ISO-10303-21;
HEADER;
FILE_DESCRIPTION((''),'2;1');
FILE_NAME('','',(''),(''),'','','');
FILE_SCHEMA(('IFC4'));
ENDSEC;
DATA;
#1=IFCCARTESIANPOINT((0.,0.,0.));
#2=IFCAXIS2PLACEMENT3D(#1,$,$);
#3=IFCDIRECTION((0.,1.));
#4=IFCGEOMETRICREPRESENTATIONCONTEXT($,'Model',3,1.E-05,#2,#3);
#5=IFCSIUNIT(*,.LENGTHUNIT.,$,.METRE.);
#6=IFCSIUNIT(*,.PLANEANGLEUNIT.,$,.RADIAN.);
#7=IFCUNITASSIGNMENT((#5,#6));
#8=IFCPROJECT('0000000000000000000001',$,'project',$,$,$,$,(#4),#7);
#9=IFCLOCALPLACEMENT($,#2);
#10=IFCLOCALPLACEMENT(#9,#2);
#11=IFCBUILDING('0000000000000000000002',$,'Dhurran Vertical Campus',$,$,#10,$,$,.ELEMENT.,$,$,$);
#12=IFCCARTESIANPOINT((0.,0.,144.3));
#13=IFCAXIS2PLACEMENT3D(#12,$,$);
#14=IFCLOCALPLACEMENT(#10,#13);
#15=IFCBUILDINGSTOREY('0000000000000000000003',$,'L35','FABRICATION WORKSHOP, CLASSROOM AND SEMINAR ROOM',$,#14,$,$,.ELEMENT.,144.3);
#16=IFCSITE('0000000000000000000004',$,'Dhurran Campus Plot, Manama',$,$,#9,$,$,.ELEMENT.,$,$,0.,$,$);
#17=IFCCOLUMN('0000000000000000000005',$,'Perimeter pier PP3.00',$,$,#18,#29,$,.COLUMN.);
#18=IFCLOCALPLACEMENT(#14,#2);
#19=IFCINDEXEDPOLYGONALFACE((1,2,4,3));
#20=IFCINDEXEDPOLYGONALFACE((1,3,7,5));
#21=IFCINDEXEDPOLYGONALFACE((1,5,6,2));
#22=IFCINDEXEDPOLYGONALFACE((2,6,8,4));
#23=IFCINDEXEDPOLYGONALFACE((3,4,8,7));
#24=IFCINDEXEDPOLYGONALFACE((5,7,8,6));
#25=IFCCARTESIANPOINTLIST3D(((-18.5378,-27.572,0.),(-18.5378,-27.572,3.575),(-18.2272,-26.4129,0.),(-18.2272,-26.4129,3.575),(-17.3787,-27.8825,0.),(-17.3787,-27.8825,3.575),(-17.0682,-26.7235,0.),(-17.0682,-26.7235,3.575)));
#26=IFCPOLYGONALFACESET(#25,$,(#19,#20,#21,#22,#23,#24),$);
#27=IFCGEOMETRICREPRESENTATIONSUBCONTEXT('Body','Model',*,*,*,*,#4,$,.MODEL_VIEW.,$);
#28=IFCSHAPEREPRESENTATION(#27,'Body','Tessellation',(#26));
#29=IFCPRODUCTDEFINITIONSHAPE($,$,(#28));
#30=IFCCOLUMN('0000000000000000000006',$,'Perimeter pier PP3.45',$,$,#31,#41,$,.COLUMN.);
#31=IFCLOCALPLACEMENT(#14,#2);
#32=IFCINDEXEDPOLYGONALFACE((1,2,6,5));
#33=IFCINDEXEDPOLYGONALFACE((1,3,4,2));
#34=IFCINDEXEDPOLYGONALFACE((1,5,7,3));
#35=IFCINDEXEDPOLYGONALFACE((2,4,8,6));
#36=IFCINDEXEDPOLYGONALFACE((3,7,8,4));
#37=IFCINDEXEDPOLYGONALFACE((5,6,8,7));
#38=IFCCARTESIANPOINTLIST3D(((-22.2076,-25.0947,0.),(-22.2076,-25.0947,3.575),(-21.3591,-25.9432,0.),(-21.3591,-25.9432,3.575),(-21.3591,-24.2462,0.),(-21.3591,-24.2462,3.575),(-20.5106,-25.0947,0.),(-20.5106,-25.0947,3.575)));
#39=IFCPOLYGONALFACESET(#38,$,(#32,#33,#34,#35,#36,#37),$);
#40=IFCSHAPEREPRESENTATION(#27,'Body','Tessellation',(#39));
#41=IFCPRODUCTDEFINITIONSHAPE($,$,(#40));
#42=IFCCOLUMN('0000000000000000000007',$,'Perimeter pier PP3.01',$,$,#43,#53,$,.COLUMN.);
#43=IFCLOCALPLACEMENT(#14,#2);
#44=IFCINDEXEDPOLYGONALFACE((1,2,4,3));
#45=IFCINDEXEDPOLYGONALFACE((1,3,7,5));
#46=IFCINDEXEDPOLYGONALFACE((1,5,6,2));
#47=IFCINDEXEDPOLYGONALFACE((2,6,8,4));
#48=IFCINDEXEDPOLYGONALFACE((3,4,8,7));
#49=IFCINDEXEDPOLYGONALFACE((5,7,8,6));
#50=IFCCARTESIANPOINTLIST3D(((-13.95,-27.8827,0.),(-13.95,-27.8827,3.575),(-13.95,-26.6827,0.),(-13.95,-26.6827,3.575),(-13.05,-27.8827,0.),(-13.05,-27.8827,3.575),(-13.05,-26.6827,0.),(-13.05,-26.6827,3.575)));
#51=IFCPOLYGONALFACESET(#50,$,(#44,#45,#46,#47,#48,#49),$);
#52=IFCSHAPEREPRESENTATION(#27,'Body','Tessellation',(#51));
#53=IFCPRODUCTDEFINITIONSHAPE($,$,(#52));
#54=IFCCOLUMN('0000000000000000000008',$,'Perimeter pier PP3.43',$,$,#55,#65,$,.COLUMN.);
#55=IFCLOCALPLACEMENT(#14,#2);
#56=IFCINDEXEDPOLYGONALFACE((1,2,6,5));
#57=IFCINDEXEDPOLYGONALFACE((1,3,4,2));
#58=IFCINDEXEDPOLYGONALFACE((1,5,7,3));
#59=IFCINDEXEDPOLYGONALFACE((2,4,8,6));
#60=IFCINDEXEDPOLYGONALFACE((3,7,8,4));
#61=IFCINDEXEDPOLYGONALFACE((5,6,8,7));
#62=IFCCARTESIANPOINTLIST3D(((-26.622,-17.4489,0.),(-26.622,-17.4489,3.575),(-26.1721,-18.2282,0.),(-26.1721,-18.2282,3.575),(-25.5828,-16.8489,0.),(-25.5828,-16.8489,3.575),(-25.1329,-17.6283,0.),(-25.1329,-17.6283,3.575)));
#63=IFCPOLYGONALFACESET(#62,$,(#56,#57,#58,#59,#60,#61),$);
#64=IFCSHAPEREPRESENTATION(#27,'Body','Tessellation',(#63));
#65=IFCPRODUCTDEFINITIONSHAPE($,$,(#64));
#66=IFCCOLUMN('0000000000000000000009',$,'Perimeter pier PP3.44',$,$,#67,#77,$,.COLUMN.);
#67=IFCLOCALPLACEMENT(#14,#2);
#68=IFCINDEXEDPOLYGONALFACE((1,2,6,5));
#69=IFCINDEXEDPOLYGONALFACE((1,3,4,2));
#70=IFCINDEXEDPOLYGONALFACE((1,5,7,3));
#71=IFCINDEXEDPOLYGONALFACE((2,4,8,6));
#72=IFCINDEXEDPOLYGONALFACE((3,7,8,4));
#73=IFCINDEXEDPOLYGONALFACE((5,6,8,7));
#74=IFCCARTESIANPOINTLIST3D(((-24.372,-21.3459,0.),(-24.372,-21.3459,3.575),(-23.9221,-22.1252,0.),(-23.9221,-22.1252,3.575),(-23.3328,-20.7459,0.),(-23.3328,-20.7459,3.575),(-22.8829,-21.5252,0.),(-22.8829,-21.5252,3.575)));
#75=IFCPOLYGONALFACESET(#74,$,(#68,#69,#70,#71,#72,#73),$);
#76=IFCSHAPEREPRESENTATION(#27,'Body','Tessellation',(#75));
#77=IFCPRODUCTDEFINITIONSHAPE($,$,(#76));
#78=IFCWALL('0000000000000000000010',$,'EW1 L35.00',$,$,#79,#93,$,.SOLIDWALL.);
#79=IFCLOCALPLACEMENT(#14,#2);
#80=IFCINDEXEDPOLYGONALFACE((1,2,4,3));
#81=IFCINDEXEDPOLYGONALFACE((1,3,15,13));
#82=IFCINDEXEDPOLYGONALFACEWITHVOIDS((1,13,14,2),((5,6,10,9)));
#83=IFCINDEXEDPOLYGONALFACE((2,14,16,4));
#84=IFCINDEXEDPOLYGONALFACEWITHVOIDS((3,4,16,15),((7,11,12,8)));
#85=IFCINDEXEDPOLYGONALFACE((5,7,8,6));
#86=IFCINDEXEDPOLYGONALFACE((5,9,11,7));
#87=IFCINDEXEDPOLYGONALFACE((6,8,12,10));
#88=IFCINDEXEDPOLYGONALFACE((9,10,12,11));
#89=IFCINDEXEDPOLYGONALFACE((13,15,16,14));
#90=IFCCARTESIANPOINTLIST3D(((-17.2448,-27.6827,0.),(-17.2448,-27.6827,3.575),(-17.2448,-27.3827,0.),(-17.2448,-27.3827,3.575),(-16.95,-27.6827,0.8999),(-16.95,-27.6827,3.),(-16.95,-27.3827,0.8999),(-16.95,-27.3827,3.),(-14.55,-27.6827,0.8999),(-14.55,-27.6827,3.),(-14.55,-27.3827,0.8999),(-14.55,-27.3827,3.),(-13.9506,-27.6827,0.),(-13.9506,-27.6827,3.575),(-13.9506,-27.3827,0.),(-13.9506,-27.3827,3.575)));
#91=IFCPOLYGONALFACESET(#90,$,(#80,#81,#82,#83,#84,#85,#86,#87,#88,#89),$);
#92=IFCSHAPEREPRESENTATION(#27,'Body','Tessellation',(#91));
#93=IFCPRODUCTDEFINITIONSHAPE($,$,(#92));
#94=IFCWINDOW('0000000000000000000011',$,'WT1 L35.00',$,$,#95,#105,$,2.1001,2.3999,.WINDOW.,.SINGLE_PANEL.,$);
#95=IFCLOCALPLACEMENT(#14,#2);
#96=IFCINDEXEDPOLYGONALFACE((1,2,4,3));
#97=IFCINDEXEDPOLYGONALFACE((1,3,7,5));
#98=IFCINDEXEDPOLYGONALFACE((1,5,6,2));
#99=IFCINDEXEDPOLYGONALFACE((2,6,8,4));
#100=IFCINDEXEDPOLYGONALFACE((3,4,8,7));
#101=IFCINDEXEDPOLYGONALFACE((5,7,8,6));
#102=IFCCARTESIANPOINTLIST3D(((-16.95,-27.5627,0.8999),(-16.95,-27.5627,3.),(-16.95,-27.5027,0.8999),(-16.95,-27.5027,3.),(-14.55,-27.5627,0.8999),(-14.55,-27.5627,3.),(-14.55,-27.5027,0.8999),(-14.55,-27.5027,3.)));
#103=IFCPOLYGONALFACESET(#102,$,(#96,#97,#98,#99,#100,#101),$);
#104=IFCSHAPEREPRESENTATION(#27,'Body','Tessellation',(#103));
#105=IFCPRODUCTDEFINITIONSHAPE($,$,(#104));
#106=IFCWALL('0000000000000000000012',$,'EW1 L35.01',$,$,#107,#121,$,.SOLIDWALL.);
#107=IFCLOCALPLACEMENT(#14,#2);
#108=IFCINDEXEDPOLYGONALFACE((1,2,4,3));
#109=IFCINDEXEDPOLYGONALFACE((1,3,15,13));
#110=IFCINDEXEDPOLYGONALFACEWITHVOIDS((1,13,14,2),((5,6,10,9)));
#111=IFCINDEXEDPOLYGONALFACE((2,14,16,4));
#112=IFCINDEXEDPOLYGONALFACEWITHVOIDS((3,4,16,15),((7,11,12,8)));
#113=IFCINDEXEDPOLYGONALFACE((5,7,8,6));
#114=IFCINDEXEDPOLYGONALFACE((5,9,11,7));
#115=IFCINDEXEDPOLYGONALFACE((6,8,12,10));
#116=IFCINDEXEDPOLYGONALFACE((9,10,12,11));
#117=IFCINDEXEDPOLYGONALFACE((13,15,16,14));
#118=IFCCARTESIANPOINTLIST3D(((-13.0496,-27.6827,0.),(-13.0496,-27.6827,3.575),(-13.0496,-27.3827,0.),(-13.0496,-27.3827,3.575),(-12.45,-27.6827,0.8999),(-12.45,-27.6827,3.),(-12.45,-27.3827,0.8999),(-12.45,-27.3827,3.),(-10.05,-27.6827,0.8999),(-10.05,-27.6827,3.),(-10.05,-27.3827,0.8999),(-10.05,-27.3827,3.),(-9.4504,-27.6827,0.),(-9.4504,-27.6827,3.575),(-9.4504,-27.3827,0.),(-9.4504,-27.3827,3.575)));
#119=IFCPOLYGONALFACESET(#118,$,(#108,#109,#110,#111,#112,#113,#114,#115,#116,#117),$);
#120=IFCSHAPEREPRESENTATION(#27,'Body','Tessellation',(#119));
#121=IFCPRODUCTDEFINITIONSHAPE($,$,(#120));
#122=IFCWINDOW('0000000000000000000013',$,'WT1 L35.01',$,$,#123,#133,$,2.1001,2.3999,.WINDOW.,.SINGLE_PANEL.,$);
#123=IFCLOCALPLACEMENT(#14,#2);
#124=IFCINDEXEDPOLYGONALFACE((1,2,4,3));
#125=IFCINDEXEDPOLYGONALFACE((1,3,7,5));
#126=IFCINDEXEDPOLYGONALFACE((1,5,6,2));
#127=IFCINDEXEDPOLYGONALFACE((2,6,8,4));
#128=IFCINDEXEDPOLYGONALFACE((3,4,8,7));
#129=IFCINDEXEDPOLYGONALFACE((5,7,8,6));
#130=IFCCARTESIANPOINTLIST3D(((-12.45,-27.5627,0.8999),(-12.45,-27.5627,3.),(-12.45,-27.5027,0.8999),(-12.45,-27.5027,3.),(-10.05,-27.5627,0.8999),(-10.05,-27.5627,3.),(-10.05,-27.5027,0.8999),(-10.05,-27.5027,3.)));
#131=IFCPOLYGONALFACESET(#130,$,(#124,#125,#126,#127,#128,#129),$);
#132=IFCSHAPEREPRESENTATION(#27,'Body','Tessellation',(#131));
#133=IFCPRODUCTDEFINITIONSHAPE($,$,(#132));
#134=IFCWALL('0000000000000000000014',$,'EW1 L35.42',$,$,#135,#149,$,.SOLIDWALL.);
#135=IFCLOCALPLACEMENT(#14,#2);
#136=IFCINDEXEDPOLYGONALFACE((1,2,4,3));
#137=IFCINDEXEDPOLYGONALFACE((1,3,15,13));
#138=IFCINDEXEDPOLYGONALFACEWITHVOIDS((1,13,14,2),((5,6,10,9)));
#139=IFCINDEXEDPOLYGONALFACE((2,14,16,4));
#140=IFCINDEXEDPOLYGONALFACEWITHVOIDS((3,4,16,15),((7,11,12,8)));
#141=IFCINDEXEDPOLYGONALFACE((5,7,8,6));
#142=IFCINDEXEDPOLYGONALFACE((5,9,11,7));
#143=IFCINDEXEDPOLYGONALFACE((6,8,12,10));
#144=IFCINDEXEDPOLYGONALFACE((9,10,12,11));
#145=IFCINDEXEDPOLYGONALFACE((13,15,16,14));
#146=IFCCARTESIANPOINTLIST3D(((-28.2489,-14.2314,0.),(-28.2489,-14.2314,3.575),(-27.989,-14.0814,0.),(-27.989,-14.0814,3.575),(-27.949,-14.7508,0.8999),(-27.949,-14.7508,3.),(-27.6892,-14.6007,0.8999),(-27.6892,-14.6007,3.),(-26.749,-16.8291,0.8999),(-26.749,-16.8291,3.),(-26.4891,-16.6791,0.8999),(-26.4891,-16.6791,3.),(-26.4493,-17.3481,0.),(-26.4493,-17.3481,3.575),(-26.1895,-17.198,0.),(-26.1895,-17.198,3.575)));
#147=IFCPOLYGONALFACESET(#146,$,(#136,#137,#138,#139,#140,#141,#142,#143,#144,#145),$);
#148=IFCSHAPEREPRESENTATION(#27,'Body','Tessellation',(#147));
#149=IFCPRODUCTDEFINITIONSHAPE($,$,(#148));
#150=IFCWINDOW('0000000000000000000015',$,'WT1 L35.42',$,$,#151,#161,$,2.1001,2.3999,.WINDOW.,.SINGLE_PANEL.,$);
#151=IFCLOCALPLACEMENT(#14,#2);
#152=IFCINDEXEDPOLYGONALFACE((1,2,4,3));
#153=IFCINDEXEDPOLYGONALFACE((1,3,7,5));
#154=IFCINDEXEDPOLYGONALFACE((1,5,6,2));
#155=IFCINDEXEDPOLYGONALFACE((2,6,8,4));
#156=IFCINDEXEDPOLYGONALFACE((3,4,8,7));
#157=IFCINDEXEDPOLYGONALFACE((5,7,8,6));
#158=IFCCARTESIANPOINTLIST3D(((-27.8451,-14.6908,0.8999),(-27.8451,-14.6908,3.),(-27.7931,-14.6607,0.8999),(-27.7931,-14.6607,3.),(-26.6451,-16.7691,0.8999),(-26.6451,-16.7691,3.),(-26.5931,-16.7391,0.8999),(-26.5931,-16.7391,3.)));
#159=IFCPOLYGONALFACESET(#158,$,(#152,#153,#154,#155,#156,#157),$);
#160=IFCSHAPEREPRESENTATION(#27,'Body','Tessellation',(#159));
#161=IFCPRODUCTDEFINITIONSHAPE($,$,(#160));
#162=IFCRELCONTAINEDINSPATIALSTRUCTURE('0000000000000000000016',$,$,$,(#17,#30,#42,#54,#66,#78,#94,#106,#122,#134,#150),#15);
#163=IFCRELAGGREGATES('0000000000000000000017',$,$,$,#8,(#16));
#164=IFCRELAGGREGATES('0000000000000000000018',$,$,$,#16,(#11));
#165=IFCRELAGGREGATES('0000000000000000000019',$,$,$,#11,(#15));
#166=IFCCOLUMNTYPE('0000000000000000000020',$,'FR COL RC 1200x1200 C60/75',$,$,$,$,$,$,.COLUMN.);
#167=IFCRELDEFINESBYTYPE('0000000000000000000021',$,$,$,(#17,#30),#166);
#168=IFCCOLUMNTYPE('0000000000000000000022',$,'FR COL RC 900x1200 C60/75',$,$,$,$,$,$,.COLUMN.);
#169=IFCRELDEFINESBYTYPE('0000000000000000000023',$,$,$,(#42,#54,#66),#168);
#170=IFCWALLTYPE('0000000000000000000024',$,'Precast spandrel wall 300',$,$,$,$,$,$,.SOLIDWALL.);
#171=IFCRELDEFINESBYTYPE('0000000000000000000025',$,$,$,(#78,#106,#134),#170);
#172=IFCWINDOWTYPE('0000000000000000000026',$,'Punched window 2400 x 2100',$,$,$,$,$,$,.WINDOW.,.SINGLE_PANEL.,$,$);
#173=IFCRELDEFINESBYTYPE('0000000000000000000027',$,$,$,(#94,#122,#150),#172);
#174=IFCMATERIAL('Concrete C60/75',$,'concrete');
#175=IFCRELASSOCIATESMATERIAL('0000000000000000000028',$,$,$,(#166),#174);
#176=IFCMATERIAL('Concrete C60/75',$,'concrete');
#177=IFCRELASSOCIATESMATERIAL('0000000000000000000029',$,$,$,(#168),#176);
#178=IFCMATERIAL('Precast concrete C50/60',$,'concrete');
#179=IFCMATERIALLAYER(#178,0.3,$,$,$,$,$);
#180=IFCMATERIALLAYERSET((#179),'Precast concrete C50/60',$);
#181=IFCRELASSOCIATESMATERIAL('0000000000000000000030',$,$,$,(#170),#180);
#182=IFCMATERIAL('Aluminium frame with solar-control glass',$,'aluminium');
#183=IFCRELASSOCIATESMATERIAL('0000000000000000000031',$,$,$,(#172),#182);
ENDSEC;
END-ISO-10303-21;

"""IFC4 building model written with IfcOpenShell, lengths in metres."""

from ifc_helpers import new_model, si_unit, direction, frame, frame_2d, origin, origin_2d, place, context, subcontext, project, spatial, rectangle, extrude, material, layer, layer_set, material_profile, profile_set, type_object, element, fill, save


model = new_model("IFC4")

# Units and contexts
model_context = context("Model", 3, precision=1e-05, world=origin(), true_north=direction((0.0, 1.0)))
body_context = subcontext(model_context, "Body", "Model", "MODEL_VIEW")
ifc_project = project(units=[si_unit("LENGTHUNIT", "METRE"), si_unit("PLANEANGLEUNIT", "RADIAN")], contexts=[model_context])

# Site, building, storey
site_placement = place(None, origin())
site = spatial("IfcSite", under=ifc_project, at=site_placement, Name="Dhurran Campus Plot, Manama", CompositionType="ELEMENT", RefElevation=0.0)
building_placement = place(site_placement, origin())
building = spatial("IfcBuilding", under=site, at=building_placement, Name="Dhurran Vertical Campus", CompositionType="ELEMENT")
storey_placement = place(building_placement, frame((0.0, 0.0, 144.3)))
storey = spatial("IfcBuildingStorey", under=building, at=storey_placement, Name="L35", Description="FABRICATION WORKSHOP, CLASSROOM AND SEMINAR ROOM", CompositionType="ELEMENT", Elevation=144.3)

# Columns
ifc_material_1 = material(Name="Concrete C60/75", Category="concrete")
ifc_material_profile_1 = material_profile(ifc_material_1, rectangle(XDim=1.2, YDim=1.2, at=origin_2d()), Name="RC 1200x1200")
ifc_profile_set_1 = profile_set([ifc_material_profile_1], Name="Concrete C60/75")
column_type_1 = type_object("IfcColumnType", Name="FR COL RC 1200x1200 C60/75", PredefinedType="COLUMN", material=ifc_profile_set_1)
for number, where, z_axis, x_axis, name in (
    (1, (-17.803, -27.1477, 0.0), (0.0, 0.0, 1.0), (0.965926, -0.258819, 0.0), "Perimeter pier PP3.00"),
    (2, (-21.3591, -25.0947, 0.0), (0.0, 0.0, 1.0), (0.707107, -0.707107, 0.0), "Perimeter pier PP3.45"),
):
    element("IfcColumn", number, at=place(storey_placement, frame(where, z_axis=z_axis, x_axis=x_axis)), inside=storey, type_object=column_type_1, Name=name, PredefinedType="COLUMN", context=body_context, shape_type="SweptSolid", body=[
        extrude(rectangle(XDim=1.2, YDim=1.2, at=origin_2d()), origin(), (0.0, 0.0, 1.0), 3.575),
    ])
ifc_material_2 = material(Name="Concrete C60/75", Category="concrete")
ifc_material_profile_2 = material_profile(ifc_material_2, rectangle(XDim=0.8999, YDim=1.2, at=origin_2d()), Name="RC 900x1200")
ifc_profile_set_2 = profile_set([ifc_material_profile_2], Name="Concrete C60/75")
column_type_2 = type_object("IfcColumnType", Name="FR COL RC 900x1200 C60/75", PredefinedType="COLUMN", material=ifc_profile_set_2)
for number, where, z_axis, x_axis, name in (
    (3, (-13.5, -27.2827, 0.0), (0.0, 0.0, 1.0), (1.0, 0.0, 0.0), "Perimeter pier PP3.01"),
    (4, (-25.8774, -17.5386, 0.0), (0.0, 0.0, 1.0), (0.5, -0.866025, 0.0), "Perimeter pier PP3.43"),
    (5, (-23.6274, -21.4355, 0.0), (0.0, 0.0, 1.0), (0.5, -0.866025, 0.0), "Perimeter pier PP3.44"),
):
    element("IfcColumn", number, at=place(storey_placement, frame(where, z_axis=z_axis, x_axis=x_axis)), inside=storey, type_object=column_type_2, Name=name, PredefinedType="COLUMN", context=body_context, shape_type="SweptSolid", body=[
        extrude(rectangle(XDim=0.8999, YDim=1.2, at=origin_2d()), origin(), (0.0, 0.0, 1.0), 3.575),
    ])

# Walls, openings, windows
ifc_material_3 = material(Name="Precast concrete C50/60", Category="concrete")
ifc_layer_1 = layer(ifc_material_3, 0.3)
ifc_layer_set_1 = layer_set([ifc_layer_1], Name="Precast concrete C50/60")
wall_type_1 = type_object("IfcWallType", Name="Precast spandrel wall 300", PredefinedType="SOLIDWALL", material=ifc_layer_set_1)
wall_1_placement = place(storey_placement, frame((-17.2446, -27.5327, 0.0), z_axis=(0.0, 0.0, 1.0), x_axis=(1.0, 0.0, 0.0)))
wall_1 = element("IfcWall", 6, at=wall_1_placement, inside=storey, type_object=wall_type_1, Name="EW1 L35.00", PredefinedType="SOLIDWALL", context=body_context, shape_type="SweptSolid", body=[
    extrude(rectangle(XDim=3.2942, YDim=0.3, at=frame_2d((1.647, 0.0))), origin(), (0.0, 0.0, 1.0), 3.575),
])
opening_1_placement = place(wall_1_placement, frame((0.2947, 0.0, 0.8999)))
opening_1 = element("IfcOpeningElement", 7, at=opening_1_placement, cuts=wall_1, PredefinedType="OPENING", context=body_context, shape_type="SweptSolid", body=[
    extrude(rectangle(XDim=2.3999, YDim=2.1001, at=frame_2d((1.2, 1.05))), frame((0.0, 0.1599, 0.0), z_axis=(0.0, -1.0, 0.0), x_axis=(1.0, 0.0, 0.0)), (0.0, 0.0, 1.0), 0.3201),
])
ifc_material_4 = material(Name="Aluminium frame with solar-control glass", Category="aluminium")
window_type = type_object("IfcWindowType", Name="Punched window 2400 x 2100", PartitioningType="SINGLE_PANEL", PredefinedType="WINDOW", material=ifc_material_4)
window_1_placement = place(opening_1_placement, origin())
window_1 = element("IfcWindow", 8, at=window_1_placement, inside=storey, type_object=window_type, Name="WT1 L35.00", OverallHeight=2.1001, OverallWidth=2.3999, PartitioningType="SINGLE_PANEL", PredefinedType="WINDOW", context=body_context, shape_type="SweptSolid", body=[
    extrude(rectangle(XDim=2.3999, YDim=2.1001, at=frame_2d((1.2, 1.05))), frame((0.0, 0.03, 0.0), z_axis=(0.0, -1.0, 0.0), x_axis=(1.0, 0.0, 0.0)), (0.0, 0.0, 1.0), 0.0601),
])
fill(opening_1, window_1)
wall_2_placement = place(storey_placement, frame((-13.0496, -27.5327, 0.0), z_axis=(0.0, 0.0, 1.0), x_axis=(1.0, 0.0, 0.0)))
wall_2 = element("IfcWall", 9, at=wall_2_placement, inside=storey, type_object=wall_type_1, Name="EW1 L35.01", PredefinedType="SOLIDWALL", context=body_context, shape_type="SweptSolid", body=[
    extrude(rectangle(XDim=3.5991, YDim=0.3, at=frame_2d((1.7996, 0.0))), origin(), (0.0, 0.0, 1.0), 3.575),
])
opening_2_placement = place(wall_2_placement, frame((0.5996, 0.0, 0.8999)))
opening_2 = element("IfcOpeningElement", 10, at=opening_2_placement, cuts=wall_2, PredefinedType="OPENING", context=body_context, shape_type="SweptSolid", body=[
    extrude(rectangle(XDim=2.3999, YDim=2.1001, at=frame_2d((1.2, 1.05))), frame((0.0, 0.1599, 0.0), z_axis=(0.0, -1.0, 0.0), x_axis=(1.0, 0.0, 0.0)), (0.0, 0.0, 1.0), 0.3201),
])
window_2_placement = place(opening_2_placement, origin())
window_2 = element("IfcWindow", 11, at=window_2_placement, inside=storey, type_object=window_type, Name="WT1 L35.01", OverallHeight=2.1001, OverallWidth=2.3999, PartitioningType="SINGLE_PANEL", PredefinedType="WINDOW", context=body_context, shape_type="SweptSolid", body=[
    extrude(rectangle(XDim=2.3999, YDim=2.1001, at=frame_2d((1.2, 1.05))), frame((0.0, 0.03, 0.0), z_axis=(0.0, -1.0, 0.0), x_axis=(1.0, 0.0, 0.0)), (0.0, 0.0, 1.0), 0.0601),
])
fill(opening_2, window_2)
wall_3_placement = place(storey_placement, frame((-28.1189, -14.1565, 0.0), z_axis=(0.0, 0.0, 1.0), x_axis=(0.500028, -0.866009, 0.0)))
wall_3 = element("IfcWall", 12, at=wall_3_placement, inside=storey, type_object=wall_type_1, Name="EW1 L35.42", PredefinedType="SOLIDWALL", context=body_context, shape_type="SweptSolid", body=[
    extrude(rectangle(XDim=3.5989, YDim=0.3, at=frame_2d((1.7993, 0.0))), origin(), (0.0, 0.0, 1.0), 3.575),
])
opening_3_placement = place(wall_3_placement, frame((0.5996, 0.0, 0.8999)))
opening_3 = element("IfcOpeningElement", 13, at=opening_3_placement, cuts=wall_3, PredefinedType="OPENING", context=body_context, shape_type="SweptSolid", body=[
    extrude(rectangle(XDim=2.3999, YDim=2.1001, at=frame_2d((1.2, 1.05))), frame((0.0, 0.1599, 0.0), z_axis=(0.0, -1.0, 0.0), x_axis=(1.0, 0.0, 0.0)), (0.0, 0.0, 1.0), 0.3201),
])
window_3_placement = place(opening_3_placement, origin())
window_3 = element("IfcWindow", 14, at=window_3_placement, inside=storey, type_object=window_type, Name="WT1 L35.42", OverallHeight=2.1001, OverallWidth=2.3999, PartitioningType="SINGLE_PANEL", PredefinedType="WINDOW", context=body_context, shape_type="SweptSolid", body=[
    extrude(rectangle(XDim=2.3999, YDim=2.1001, at=frame_2d((1.2, 1.05))), frame((0.0, 0.03, 0.0), z_axis=(0.0, -1.0, 0.0), x_axis=(1.0, 0.0, 0.0)), (0.0, 0.0, 1.0), 0.0601),
])
fill(opening_3, window_3)

save(model, "model.ifc")
